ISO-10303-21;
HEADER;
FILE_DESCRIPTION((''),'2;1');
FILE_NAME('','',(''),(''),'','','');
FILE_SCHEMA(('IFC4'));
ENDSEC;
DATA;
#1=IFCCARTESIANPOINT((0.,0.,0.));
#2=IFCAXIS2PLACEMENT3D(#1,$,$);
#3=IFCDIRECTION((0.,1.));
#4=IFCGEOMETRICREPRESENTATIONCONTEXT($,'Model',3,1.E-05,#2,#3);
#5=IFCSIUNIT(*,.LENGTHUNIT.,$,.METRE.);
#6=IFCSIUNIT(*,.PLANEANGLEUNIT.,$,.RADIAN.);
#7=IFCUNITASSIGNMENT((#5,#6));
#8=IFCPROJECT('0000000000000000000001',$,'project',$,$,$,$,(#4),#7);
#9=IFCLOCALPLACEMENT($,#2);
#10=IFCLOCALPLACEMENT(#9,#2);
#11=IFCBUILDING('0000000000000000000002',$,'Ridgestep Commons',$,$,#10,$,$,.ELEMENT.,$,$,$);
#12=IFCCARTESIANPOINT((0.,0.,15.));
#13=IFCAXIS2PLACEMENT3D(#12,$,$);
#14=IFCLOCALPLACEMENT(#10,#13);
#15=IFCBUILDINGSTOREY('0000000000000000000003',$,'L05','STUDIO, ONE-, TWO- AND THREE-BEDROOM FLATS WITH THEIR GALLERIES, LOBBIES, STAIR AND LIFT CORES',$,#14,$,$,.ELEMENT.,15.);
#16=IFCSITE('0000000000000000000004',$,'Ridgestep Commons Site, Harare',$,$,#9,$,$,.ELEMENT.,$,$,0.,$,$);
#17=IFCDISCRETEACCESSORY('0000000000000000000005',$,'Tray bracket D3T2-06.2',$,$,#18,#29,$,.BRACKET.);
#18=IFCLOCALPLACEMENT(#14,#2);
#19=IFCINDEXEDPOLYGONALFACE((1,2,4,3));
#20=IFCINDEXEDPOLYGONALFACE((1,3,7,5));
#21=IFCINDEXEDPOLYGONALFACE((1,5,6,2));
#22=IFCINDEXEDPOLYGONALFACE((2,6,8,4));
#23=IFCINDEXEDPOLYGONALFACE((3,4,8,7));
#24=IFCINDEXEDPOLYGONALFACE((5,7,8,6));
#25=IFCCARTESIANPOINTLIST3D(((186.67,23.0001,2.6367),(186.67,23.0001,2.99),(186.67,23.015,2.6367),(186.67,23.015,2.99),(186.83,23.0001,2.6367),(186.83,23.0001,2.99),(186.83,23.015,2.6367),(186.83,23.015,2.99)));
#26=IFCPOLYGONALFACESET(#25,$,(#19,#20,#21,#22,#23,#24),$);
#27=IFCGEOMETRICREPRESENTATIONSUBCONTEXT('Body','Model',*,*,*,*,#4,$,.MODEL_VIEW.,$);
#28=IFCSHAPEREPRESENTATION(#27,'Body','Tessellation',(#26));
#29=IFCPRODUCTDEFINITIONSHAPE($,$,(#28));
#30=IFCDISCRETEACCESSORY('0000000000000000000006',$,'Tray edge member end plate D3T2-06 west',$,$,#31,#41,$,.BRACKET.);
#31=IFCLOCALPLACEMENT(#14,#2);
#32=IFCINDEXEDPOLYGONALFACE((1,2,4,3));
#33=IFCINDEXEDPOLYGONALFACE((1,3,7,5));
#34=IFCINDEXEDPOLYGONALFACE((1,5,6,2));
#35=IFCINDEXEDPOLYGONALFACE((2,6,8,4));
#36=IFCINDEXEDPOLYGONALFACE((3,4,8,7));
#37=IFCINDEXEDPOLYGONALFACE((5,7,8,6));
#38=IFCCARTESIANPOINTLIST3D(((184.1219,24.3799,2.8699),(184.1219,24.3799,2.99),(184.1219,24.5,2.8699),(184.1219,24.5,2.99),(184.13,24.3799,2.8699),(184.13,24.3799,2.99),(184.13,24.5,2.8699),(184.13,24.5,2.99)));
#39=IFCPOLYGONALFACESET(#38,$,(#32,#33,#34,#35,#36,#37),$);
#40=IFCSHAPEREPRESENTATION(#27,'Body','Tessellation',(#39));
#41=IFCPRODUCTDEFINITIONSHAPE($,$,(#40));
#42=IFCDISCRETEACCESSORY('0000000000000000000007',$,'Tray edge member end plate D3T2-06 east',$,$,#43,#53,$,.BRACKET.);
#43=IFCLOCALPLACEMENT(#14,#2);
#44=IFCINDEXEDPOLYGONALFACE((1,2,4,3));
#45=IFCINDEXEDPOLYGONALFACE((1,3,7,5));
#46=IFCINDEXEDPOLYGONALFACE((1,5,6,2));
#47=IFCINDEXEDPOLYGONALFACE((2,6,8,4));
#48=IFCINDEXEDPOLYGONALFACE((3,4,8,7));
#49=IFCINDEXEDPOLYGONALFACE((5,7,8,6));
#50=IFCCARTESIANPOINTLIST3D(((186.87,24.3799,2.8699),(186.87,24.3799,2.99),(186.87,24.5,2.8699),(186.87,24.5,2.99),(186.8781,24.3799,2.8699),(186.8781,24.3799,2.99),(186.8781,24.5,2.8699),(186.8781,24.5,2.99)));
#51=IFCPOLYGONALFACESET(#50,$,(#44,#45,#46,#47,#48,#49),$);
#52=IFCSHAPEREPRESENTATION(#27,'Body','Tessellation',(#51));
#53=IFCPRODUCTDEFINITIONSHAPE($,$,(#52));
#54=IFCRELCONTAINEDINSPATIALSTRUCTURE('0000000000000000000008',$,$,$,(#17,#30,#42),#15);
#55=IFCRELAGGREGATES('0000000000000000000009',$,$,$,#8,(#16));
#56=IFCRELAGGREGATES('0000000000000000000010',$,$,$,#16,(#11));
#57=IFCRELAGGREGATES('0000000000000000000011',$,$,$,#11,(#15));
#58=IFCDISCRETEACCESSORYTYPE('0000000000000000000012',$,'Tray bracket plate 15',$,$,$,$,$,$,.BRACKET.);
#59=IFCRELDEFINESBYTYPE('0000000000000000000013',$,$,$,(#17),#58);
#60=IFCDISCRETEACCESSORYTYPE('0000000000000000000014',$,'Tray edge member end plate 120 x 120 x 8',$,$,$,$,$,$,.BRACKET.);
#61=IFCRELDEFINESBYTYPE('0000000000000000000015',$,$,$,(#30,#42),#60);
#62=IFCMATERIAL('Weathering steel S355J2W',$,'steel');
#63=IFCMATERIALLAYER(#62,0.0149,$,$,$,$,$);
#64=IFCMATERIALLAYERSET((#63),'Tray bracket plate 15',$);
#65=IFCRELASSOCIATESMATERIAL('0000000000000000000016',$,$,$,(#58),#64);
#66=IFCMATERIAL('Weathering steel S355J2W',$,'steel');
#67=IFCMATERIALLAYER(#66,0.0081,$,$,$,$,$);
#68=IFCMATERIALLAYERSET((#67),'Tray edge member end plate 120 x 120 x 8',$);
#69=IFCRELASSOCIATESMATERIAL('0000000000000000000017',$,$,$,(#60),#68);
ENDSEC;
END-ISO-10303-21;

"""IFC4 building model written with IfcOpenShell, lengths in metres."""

from ifc_helpers import new_model, si_unit, direction, frame, origin, origin_2d, place, context, subcontext, project, spatial, rectangle, extrude, material, layer, layer_set, type_object, element, save


model = new_model("IFC4")

# Units and contexts
model_context = context("Model", 3, precision=1e-05, world=origin(), true_north=direction((0.0, 1.0)))
body_context = subcontext(model_context, "Body", "Model", "MODEL_VIEW")
ifc_project = project(units=[si_unit("LENGTHUNIT", "METRE"), si_unit("PLANEANGLEUNIT", "RADIAN")], contexts=[model_context])

# Site, building, storey
site_placement = place(None, origin())
site = spatial("IfcSite", under=ifc_project, at=site_placement, Name="Ridgestep Commons Site, Harare", CompositionType="ELEMENT", RefElevation=0.0)
building_placement = place(site_placement, origin())
building = spatial("IfcBuilding", under=site, at=building_placement, Name="Ridgestep Commons", CompositionType="ELEMENT")
storey_placement = place(building_placement, frame((0.0, 0.0, 15.0)))
storey = spatial("IfcBuildingStorey", under=building, at=storey_placement, Name="L05", Description="STUDIO, ONE-, TWO- AND THREE-BEDROOM FLATS WITH THEIR GALLERIES, LOBBIES, STAIR AND LIFT CORES", CompositionType="ELEMENT", Elevation=15.0)

# Discrete accessories
ifc_material_1 = material(Name="Weathering steel S355J2W", Category="steel")
ifc_layer_1 = layer(ifc_material_1, 0.0149)
ifc_layer_set_1 = layer_set([ifc_layer_1], Name="Tray bracket plate 15")
discrete_accessory_type_1 = type_object("IfcDiscreteAccessoryType", Name="Tray bracket plate 15", PredefinedType="BRACKET", material=ifc_layer_set_1)
for number, where, z_axis, x_axis, name in (
    (1, (186.75, 23.0076, 2.6367), (0.0, 0.0, 1.0), (1.0, 0.0, 0.0), "Tray bracket D3T2-06.2"),
):
    element("IfcDiscreteAccessory", number, at=place(storey_placement, frame(where, z_axis=z_axis, x_axis=x_axis)), inside=storey, type_object=discrete_accessory_type_1, Name=name, PredefinedType="BRACKET", context=body_context, shape_type="SweptSolid", body=[
        extrude(rectangle(XDim=0.1599, YDim=0.0149, at=origin_2d()), origin(), (0.0, 0.0, 1.0), 0.3533),
    ])
ifc_material_2 = material(Name="Weathering steel S355J2W", Category="steel")
ifc_layer_2 = layer(ifc_material_2, 0.0081)
ifc_layer_set_2 = layer_set([ifc_layer_2], Name="Tray edge member end plate 120 x 120 x 8")
discrete_accessory_type_2 = type_object("IfcDiscreteAccessoryType", Name="Tray edge member end plate 120 x 120 x 8", PredefinedType="BRACKET", material=ifc_layer_set_2)
for number, where, z_axis, x_axis, name in (
    (2, (184.126, 24.4399, 2.8699), (0.0, 0.0, 1.0), (1.0, 0.0, 0.0), "Tray edge member end plate D3T2-06 west"),
    (3, (186.874, 24.4399, 2.8699), (0.0, 0.0, 1.0), (1.0, 0.0, 0.0), "Tray edge member end plate D3T2-06 east"),
):
    element("IfcDiscreteAccessory", number, at=place(storey_placement, frame(where, z_axis=z_axis, x_axis=x_axis)), inside=storey, type_object=discrete_accessory_type_2, Name=name, PredefinedType="BRACKET", context=body_context, shape_type="SweptSolid", body=[
        extrude(rectangle(XDim=0.0081, YDim=0.1201, at=origin_2d()), origin(), (0.0, 0.0, 1.0), 0.1201),
    ])

save(model, "model.ifc")
